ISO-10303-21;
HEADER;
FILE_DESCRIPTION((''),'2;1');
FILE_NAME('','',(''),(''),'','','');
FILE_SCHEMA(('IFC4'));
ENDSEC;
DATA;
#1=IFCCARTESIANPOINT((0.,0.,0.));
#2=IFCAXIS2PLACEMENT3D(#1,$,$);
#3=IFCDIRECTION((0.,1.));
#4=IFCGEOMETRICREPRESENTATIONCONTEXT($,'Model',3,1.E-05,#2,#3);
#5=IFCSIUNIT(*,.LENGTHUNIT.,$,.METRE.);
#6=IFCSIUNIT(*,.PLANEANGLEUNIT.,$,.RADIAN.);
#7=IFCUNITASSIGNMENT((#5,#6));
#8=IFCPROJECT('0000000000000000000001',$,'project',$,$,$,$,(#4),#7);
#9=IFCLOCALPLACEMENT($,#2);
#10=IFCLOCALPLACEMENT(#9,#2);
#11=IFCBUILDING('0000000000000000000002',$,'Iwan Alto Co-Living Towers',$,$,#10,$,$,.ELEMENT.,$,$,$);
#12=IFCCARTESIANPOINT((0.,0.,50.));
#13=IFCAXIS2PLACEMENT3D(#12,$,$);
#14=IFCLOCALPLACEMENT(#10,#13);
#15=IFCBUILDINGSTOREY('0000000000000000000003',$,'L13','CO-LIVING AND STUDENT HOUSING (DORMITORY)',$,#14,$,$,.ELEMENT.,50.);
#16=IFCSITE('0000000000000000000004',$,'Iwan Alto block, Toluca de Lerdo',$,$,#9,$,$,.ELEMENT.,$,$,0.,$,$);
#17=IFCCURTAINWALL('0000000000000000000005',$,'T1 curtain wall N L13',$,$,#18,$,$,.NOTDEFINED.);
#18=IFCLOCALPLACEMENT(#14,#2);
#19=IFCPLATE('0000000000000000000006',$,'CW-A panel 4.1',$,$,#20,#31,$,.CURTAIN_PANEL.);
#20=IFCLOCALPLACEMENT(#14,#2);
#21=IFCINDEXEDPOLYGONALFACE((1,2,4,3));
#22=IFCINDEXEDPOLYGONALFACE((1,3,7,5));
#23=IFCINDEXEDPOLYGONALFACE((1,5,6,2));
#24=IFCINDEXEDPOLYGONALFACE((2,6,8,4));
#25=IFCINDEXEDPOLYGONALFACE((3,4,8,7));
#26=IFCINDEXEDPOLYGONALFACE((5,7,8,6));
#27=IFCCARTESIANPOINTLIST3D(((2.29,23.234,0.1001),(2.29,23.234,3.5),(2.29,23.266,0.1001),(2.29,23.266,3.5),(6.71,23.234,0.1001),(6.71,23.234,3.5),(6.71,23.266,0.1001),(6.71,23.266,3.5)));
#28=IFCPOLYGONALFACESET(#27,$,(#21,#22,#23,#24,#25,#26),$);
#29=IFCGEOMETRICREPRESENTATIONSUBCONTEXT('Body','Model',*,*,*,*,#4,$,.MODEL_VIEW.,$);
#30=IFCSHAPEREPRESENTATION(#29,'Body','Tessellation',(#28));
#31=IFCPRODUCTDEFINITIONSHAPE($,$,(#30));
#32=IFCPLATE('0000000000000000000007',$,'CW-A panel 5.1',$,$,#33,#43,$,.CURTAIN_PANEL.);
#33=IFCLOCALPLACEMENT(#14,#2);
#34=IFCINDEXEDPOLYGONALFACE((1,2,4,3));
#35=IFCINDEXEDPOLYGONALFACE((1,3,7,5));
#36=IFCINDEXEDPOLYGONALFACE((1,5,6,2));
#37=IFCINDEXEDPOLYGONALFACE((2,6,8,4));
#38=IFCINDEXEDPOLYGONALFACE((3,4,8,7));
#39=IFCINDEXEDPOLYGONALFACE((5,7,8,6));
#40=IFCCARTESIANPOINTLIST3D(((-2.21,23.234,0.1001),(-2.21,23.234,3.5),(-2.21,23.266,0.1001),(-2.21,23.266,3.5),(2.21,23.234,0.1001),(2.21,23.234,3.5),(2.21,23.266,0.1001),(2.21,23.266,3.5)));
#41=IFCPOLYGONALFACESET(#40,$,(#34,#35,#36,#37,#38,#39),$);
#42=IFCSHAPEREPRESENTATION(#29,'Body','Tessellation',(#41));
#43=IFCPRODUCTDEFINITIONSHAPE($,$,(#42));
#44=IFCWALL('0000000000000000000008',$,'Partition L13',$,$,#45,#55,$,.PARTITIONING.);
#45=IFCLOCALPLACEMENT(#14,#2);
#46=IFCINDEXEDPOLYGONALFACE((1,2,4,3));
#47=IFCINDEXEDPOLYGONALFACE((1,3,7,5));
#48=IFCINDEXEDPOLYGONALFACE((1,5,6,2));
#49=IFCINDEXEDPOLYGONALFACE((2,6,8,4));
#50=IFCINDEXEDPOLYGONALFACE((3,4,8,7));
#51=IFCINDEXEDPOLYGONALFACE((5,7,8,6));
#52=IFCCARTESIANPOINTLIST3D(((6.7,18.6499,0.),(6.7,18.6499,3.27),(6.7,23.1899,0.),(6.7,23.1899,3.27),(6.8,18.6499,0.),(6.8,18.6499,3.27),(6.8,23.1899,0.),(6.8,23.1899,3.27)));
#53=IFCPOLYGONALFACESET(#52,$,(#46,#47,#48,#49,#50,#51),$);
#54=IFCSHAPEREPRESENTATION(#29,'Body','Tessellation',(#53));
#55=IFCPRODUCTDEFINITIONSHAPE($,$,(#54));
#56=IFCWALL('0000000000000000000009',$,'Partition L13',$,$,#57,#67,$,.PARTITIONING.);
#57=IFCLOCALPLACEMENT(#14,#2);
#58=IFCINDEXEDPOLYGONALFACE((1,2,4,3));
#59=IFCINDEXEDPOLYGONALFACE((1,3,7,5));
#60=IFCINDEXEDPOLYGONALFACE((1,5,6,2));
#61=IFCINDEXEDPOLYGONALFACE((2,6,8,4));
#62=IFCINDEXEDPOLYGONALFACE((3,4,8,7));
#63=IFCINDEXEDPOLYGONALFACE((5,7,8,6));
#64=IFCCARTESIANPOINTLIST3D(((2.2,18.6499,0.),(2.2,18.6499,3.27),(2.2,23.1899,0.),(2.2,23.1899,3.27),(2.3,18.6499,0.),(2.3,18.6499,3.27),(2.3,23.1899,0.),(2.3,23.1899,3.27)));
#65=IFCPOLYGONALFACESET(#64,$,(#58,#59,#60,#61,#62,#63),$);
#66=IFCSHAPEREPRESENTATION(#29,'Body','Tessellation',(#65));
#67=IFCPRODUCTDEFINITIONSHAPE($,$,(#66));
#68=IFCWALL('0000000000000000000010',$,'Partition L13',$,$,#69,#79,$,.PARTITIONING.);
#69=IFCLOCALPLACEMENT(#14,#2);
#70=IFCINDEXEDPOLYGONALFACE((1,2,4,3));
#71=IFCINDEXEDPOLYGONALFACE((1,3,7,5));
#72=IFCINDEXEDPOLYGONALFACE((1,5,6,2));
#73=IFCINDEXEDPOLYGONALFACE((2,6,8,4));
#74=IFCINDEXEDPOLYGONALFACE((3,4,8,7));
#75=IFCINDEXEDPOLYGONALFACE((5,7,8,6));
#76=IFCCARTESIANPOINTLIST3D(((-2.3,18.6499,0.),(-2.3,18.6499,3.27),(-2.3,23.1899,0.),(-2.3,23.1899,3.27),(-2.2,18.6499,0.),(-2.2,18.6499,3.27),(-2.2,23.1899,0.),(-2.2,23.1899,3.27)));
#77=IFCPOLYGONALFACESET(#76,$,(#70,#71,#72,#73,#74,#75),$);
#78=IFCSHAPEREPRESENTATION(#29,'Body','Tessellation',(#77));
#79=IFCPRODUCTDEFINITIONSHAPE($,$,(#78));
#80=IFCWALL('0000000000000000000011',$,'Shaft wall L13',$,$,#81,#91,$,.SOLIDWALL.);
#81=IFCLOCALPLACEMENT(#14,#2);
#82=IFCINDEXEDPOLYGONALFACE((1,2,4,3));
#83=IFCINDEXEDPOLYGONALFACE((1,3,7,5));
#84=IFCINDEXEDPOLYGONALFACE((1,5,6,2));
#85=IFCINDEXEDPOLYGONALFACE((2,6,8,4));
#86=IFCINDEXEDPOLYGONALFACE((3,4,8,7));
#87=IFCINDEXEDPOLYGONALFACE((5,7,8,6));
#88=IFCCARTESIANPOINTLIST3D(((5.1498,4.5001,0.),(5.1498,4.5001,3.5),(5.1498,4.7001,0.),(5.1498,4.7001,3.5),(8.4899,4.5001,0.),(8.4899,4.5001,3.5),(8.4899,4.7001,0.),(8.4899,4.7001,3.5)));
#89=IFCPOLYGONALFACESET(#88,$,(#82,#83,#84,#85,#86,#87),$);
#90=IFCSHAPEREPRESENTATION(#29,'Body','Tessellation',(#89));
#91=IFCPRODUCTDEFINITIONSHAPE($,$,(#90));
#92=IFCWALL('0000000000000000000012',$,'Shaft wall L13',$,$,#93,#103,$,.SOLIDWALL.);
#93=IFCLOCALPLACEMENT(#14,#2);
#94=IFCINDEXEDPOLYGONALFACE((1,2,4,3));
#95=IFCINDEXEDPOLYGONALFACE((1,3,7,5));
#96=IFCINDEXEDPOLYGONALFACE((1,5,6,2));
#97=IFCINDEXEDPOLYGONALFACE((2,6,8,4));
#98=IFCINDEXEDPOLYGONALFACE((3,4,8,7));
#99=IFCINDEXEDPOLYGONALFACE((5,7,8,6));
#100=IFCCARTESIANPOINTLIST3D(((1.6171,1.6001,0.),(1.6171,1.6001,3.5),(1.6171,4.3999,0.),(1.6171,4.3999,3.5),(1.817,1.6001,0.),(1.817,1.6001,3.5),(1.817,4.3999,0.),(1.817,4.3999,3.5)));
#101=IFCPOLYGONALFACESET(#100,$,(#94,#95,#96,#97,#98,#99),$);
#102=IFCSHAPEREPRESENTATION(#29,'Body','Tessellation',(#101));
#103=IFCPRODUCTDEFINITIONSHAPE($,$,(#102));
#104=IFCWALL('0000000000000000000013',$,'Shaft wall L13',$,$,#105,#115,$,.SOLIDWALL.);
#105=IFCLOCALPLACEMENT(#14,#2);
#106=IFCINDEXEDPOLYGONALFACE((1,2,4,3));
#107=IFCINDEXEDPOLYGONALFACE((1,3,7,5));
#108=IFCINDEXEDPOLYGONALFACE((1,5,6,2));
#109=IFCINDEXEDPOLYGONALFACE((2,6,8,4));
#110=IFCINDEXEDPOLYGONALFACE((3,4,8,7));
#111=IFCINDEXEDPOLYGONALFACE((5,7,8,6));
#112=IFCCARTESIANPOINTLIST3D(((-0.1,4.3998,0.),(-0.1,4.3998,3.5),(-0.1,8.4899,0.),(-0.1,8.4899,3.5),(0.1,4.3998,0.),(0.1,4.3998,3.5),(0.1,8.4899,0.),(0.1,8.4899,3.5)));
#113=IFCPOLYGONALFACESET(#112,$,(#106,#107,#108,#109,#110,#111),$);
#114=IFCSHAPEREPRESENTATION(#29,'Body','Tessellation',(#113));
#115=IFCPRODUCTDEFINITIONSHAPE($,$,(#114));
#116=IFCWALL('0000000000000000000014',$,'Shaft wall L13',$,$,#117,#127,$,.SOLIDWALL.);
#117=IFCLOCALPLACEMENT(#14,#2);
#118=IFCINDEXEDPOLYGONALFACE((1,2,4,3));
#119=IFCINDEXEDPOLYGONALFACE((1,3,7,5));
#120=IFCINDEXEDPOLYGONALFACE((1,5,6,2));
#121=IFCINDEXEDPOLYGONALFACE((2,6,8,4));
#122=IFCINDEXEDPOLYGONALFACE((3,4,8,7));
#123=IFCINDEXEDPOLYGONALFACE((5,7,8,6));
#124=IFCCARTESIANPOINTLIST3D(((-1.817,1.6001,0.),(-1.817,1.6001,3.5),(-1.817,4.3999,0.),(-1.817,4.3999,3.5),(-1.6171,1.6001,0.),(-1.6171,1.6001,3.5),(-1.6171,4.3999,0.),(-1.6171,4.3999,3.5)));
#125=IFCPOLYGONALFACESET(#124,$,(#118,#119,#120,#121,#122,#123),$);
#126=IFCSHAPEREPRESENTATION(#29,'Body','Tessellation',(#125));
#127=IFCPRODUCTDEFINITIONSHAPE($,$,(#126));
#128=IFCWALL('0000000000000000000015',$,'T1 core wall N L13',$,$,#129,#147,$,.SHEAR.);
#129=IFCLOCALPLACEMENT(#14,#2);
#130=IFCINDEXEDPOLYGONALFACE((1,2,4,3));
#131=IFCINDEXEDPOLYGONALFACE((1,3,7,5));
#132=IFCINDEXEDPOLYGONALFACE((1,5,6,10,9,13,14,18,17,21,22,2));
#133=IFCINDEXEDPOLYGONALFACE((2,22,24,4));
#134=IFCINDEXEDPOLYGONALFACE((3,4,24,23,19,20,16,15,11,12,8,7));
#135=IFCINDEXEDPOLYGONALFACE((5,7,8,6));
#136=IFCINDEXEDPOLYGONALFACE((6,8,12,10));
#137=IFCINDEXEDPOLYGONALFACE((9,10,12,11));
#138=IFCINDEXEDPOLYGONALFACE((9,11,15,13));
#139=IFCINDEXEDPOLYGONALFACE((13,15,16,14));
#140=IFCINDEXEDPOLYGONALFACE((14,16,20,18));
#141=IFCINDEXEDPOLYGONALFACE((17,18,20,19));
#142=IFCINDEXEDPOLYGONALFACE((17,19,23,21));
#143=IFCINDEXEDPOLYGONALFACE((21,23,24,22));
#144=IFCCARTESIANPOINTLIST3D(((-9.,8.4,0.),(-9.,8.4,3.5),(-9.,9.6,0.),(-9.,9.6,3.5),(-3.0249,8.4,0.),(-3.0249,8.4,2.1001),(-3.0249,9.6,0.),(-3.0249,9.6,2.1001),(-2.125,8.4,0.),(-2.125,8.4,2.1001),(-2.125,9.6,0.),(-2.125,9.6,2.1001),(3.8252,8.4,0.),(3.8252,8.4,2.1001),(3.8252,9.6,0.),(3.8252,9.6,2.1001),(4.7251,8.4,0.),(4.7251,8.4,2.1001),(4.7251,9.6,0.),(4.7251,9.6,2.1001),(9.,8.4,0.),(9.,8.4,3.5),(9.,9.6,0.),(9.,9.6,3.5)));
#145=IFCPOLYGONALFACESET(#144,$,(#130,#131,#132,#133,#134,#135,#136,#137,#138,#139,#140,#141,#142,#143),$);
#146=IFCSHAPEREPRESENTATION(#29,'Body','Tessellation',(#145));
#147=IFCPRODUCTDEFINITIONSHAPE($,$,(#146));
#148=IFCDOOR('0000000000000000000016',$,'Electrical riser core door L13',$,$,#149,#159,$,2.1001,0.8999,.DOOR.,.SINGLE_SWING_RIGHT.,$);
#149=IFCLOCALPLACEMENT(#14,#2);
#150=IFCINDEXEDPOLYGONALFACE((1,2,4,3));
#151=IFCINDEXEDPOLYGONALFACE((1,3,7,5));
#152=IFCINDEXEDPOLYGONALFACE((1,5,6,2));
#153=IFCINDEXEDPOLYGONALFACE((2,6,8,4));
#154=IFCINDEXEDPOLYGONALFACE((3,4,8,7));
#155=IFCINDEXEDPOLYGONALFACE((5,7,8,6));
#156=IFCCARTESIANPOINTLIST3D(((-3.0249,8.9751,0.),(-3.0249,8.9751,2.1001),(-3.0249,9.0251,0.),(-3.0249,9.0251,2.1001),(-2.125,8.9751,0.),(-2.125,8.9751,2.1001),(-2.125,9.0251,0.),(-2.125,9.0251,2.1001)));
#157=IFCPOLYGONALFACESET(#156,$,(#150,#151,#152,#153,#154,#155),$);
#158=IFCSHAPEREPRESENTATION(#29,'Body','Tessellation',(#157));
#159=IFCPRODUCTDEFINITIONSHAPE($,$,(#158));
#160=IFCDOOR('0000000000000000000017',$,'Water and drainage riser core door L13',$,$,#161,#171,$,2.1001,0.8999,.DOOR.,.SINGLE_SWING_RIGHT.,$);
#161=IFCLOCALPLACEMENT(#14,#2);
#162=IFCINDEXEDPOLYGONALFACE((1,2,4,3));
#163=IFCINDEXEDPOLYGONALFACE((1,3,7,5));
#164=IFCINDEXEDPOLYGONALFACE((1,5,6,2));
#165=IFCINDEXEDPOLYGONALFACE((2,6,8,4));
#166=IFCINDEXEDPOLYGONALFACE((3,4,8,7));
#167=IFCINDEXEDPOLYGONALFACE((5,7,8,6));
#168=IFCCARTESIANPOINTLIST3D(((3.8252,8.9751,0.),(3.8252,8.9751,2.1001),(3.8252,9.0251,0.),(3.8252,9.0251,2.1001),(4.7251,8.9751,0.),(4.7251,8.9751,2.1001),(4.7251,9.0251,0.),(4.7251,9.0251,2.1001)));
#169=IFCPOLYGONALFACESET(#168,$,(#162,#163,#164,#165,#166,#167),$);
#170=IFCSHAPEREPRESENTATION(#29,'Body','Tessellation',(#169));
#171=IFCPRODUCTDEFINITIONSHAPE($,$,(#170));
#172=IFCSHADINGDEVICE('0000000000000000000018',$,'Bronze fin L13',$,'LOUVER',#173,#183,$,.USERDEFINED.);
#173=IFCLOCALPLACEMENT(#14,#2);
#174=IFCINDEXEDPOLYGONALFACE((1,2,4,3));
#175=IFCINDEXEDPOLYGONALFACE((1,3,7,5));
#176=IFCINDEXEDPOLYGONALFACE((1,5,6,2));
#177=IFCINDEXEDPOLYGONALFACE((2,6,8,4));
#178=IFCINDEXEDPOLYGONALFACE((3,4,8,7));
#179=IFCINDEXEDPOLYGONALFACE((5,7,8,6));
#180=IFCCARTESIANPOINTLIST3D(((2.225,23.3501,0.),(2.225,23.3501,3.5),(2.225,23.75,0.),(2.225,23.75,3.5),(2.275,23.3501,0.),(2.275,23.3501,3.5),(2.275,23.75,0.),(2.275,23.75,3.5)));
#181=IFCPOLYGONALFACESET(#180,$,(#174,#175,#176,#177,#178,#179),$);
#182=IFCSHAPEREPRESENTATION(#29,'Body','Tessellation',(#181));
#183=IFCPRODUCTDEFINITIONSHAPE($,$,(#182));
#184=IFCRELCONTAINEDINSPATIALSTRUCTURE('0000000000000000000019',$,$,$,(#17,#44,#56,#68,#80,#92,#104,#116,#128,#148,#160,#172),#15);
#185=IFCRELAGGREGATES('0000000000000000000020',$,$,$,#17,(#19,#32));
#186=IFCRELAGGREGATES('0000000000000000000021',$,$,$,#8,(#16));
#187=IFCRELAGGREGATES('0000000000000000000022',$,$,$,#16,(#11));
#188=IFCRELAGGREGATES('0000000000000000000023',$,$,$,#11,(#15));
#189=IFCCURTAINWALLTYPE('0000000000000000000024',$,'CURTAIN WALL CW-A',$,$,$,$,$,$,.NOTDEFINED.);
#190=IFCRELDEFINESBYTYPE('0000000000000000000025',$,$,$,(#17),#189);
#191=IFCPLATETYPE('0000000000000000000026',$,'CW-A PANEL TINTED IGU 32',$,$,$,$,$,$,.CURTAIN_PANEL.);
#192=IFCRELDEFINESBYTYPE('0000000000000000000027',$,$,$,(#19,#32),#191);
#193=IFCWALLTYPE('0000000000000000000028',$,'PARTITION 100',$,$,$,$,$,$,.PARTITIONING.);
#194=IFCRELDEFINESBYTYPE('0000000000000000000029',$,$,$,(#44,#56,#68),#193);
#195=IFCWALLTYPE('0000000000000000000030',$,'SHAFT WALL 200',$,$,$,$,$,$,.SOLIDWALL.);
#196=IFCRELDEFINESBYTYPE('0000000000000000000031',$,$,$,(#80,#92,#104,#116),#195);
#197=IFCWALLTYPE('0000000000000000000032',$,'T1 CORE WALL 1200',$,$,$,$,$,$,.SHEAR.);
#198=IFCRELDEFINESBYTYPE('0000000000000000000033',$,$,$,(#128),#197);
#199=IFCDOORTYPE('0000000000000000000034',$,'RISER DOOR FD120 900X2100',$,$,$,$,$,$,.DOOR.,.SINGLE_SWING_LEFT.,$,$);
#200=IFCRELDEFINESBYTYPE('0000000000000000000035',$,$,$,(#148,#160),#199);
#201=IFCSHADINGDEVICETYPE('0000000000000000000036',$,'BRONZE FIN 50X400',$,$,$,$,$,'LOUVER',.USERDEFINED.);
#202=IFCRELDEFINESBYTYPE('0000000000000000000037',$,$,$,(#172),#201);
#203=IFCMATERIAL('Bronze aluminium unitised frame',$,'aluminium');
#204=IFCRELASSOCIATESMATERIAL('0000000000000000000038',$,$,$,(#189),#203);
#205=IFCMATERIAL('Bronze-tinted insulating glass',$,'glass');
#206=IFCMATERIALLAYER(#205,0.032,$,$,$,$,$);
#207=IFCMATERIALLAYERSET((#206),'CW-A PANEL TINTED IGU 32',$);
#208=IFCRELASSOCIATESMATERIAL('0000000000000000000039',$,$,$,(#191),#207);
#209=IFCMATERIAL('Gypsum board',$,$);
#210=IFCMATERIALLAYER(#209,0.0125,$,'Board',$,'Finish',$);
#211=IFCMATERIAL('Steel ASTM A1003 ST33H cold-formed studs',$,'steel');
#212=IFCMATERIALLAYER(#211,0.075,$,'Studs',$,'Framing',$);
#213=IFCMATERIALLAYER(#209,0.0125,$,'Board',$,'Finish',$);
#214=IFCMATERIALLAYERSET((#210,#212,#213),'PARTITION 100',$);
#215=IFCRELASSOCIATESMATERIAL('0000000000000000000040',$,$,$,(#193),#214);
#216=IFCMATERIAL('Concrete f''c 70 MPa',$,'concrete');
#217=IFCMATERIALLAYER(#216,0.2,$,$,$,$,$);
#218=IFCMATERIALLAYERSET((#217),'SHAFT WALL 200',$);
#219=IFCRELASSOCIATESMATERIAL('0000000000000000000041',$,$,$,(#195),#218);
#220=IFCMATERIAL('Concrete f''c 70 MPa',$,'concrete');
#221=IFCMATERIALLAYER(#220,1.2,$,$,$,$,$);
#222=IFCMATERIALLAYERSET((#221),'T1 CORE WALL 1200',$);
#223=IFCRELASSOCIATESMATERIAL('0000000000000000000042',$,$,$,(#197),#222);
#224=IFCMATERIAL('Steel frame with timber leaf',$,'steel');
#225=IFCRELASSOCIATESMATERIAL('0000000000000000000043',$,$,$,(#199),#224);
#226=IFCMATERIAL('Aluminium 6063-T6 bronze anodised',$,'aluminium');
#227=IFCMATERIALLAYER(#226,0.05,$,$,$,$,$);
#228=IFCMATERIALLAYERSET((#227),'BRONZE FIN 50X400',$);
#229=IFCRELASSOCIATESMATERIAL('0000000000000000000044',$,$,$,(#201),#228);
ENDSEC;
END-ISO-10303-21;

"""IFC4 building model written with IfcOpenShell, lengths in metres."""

from ifc_helpers import new_model, si_unit, direction, frame, frame_2d, origin, origin_2d, place, context, subcontext, project, spatial, rectangle, extrude, material, layer, layer_set, type_object, element, fill, aggregate, save


model = new_model("IFC4")

# Units and contexts
model_context = context("Model", 3, precision=1e-05, world=origin(), true_north=direction((0.0, 1.0)))
body_context = subcontext(model_context, "Body", "Model", "MODEL_VIEW")
ifc_project = project(units=[si_unit("LENGTHUNIT", "METRE"), si_unit("PLANEANGLEUNIT", "RADIAN")], contexts=[model_context])

# Site, building, storey
site_placement = place(None, origin())
site = spatial("IfcSite", under=ifc_project, at=site_placement, Name="Iwan Alto block, Toluca de Lerdo", CompositionType="ELEMENT", RefElevation=0.0)
building_placement = place(site_placement, origin())
building = spatial("IfcBuilding", under=site, at=building_placement, Name="Iwan Alto Co-Living Towers", CompositionType="ELEMENT")
storey_placement = place(building_placement, frame((0.0, 0.0, 50.0)))
storey = spatial("IfcBuildingStorey", under=building, at=storey_placement, Name="L13", Description="CO-LIVING AND STUDENT HOUSING (DORMITORY)", CompositionType="ELEMENT", Elevation=50.0)

# Curtain wall
ifc_material_1 = material(Name="Bronze aluminium unitised frame", Category="aluminium")
curtain_wall_type = type_object("IfcCurtainWallType", Name="CURTAIN WALL CW-A", PredefinedType="NOTDEFINED", material=ifc_material_1)
curtain_wall_placement = place(storey_placement, origin())
curtain_wall = element("IfcCurtainWall", 1, at=curtain_wall_placement, inside=storey, type_object=curtain_wall_type, Name="T1 curtain wall N L13", PredefinedType="NOTDEFINED")

# Plates
ifc_material_2 = material(Name="Bronze-tinted insulating glass", Category="glass")
ifc_layer_1 = layer(ifc_material_2, 0.032)
ifc_layer_set_1 = layer_set([ifc_layer_1], Name="CW-A PANEL TINTED IGU 32")
plate_type = type_object("IfcPlateType", Name="CW-A PANEL TINTED IGU 32", PredefinedType="CURTAIN_PANEL", material=ifc_layer_set_1)
plate_1_placement = place(storey_placement, frame((4.5, 23.25, 0.1001), z_axis=(0.0, 0.0, 1.0), x_axis=(-1.0, 0.0, 0.0)))
plate_1 = element("IfcPlate", 2, at=plate_1_placement, type_object=plate_type, Name="CW-A panel 4.1", PredefinedType="CURTAIN_PANEL", context=body_context, shape_type="SweptSolid", body=[
    extrude(rectangle(XDim=4.4199, YDim=0.032, at=origin_2d()), origin(), (0.0, 0.0, 1.0), 3.3999),
])
plate_2_placement = place(storey_placement, frame((0.0, 23.25, 0.1001), z_axis=(0.0, 0.0, 1.0), x_axis=(-1.0, 0.0, 0.0)))
plate_2 = element("IfcPlate", 3, at=plate_2_placement, type_object=plate_type, Name="CW-A panel 5.1", PredefinedType="CURTAIN_PANEL", context=body_context, shape_type="SweptSolid", body=[
    extrude(rectangle(XDim=4.4199, YDim=0.032, at=origin_2d()), origin(), (0.0, 0.0, 1.0), 3.3999),
])
aggregate(curtain_wall, [plate_1, plate_2])

# Walls
ifc_material_3 = material(Name="Gypsum board")
ifc_layer_2 = layer(ifc_material_3, 0.0125, Name="Board", Category="Finish")
ifc_material_4 = material(Name="Steel ASTM A1003 ST33H cold-formed studs", Category="steel")
ifc_layer_3 = layer(ifc_material_4, 0.075, Name="Studs", Category="Framing")
ifc_layer_4 = layer(ifc_material_3, 0.0125, Name="Board", Category="Finish")
ifc_layer_set_2 = layer_set([ifc_layer_2, ifc_layer_3, ifc_layer_4], Name="PARTITION 100")
wall_type_1 = type_object("IfcWallType", Name="PARTITION 100", PredefinedType="PARTITIONING", material=ifc_layer_set_2)
for number, where, z_axis, x_axis, name in (
    (4, (6.75, 18.6499, 0.0), (0.0, 0.0, 1.0), (0.0, 1.0, 0.0), "Partition L13"),
    (5, (2.25, 18.6499, 0.0), (0.0, 0.0, 1.0), (0.0, 1.0, 0.0), "Partition L13"),
    (6, (-2.25, 18.6499, 0.0), (0.0, 0.0, 1.0), (0.0, 1.0, 0.0), "Partition L13"),
):
    element("IfcWall", number, at=place(storey_placement, frame(where, z_axis=z_axis, x_axis=x_axis)), inside=storey, type_object=wall_type_1, Name=name, PredefinedType="PARTITIONING", context=body_context, shape_type="SweptSolid", body=[
        extrude(rectangle(XDim=4.54, YDim=0.1001, at=frame_2d((2.27, 0.0))), origin(), (0.0, 0.0, 1.0), 3.27),
    ])
ifc_material_5 = material(Name="Concrete f'c 70 MPa", Category="concrete")
ifc_layer_5 = layer(ifc_material_5, 0.2)
ifc_layer_set_3 = layer_set([ifc_layer_5], Name="SHAFT WALL 200")
wall_type_2 = type_object("IfcWallType", Name="SHAFT WALL 200", PredefinedType="SOLIDWALL", material=ifc_layer_set_3)
wall_1_placement = place(storey_placement, frame((5.1499, 4.6001, 0.0), z_axis=(0.0, 0.0, 1.0), x_axis=(1.0, 0.0, 0.0)))
element("IfcWall", 7, at=wall_1_placement, inside=storey, type_object=wall_type_2, Name="Shaft wall L13", PredefinedType="SOLIDWALL", context=body_context, shape_type="SweptSolid", body=[
    extrude(rectangle(XDim=3.3401, YDim=0.2, at=frame_2d((1.6699, 0.0))), origin(), (0.0, 0.0, 1.0), 3.5),
])
wall_2_placement = place(storey_placement, frame((1.717, 1.6001, 0.0), z_axis=(0.0, 0.0, 1.0), x_axis=(0.0, 1.0, 0.0)))
element("IfcWall", 8, at=wall_2_placement, inside=storey, type_object=wall_type_2, Name="Shaft wall L13", PredefinedType="SOLIDWALL", context=body_context, shape_type="SweptSolid", body=[
    extrude(rectangle(XDim=2.7998, YDim=0.2, at=frame_2d((1.3999, 0.0))), origin(), (0.0, 0.0, 1.0), 3.5),
])
wall_3_placement = place(storey_placement, frame((0.0, 4.3999, 0.0), z_axis=(0.0, 0.0, 1.0), x_axis=(0.0, 1.0, 0.0)))
element("IfcWall", 9, at=wall_3_placement, inside=storey, type_object=wall_type_2, Name="Shaft wall L13", PredefinedType="SOLIDWALL", context=body_context, shape_type="SweptSolid", body=[
    extrude(rectangle(XDim=4.0901, YDim=0.2, at=frame_2d((2.0449, 0.0))), origin(), (0.0, 0.0, 1.0), 3.5),
])
wall_4_placement = place(storey_placement, frame((-1.717, 1.6001, 0.0), z_axis=(0.0, 0.0, 1.0), x_axis=(0.0, 1.0, 0.0)))
element("IfcWall", 10, at=wall_4_placement, inside=storey, type_object=wall_type_2, Name="Shaft wall L13", PredefinedType="SOLIDWALL", context=body_context, shape_type="SweptSolid", body=[
    extrude(rectangle(XDim=2.7998, YDim=0.2, at=frame_2d((1.3999, 0.0))), origin(), (0.0, 0.0, 1.0), 3.5),
])

# Wall, openings, doors
ifc_material_6 = material(Name="Concrete f'c 70 MPa", Category="concrete")
ifc_layer_6 = layer(ifc_material_6, 1.2)
ifc_layer_set_4 = layer_set([ifc_layer_6], Name="T1 CORE WALL 1200")
wall_type_3 = type_object("IfcWallType", Name="T1 CORE WALL 1200", PredefinedType="SHEAR", material=ifc_layer_set_4)
wall_5_placement = place(storey_placement, frame((9.0, 9.0, 0.0), z_axis=(0.0, 0.0, 1.0), x_axis=(-1.0, 0.0, 0.0)))
wall_5 = element("IfcWall", 11, at=wall_5_placement, inside=storey, type_object=wall_type_3, Name="T1 core wall N L13", PredefinedType="SHEAR", context=body_context, shape_type="SweptSolid", body=[
    extrude(rectangle(XDim=18.0, YDim=1.2, at=frame_2d((9.0, 0.0))), origin(), (0.0, 0.0, 1.0), 3.5),
])
opening_1_placement = place(wall_5_placement, frame((11.125, 0.0, 0.0)))
opening_1 = element("IfcOpeningElement", 12, at=opening_1_placement, cuts=wall_5, PredefinedType="OPENING", context=body_context, shape_type="SweptSolid", body=[
    extrude(rectangle(XDim=0.8999, YDim=2.1001, at=frame_2d((0.45, 1.05))), frame((0.0, 0.6099, 0.0), z_axis=(0.0, -1.0, 0.0), x_axis=(1.0, 0.0, 0.0)), (0.0, 0.0, 1.0), 1.22),
])
opening_2_placement = place(wall_5_placement, frame((4.2749, 0.0, 0.0)))
opening_2 = element("IfcOpeningElement", 13, at=opening_2_placement, cuts=wall_5, PredefinedType="OPENING", context=body_context, shape_type="SweptSolid", body=[
    extrude(rectangle(XDim=0.8999, YDim=2.1001, at=frame_2d((0.45, 1.05))), frame((0.0, 0.6099, 0.0), z_axis=(0.0, -1.0, 0.0), x_axis=(1.0, 0.0, 0.0)), (0.0, 0.0, 1.0), 1.22),
])
ifc_material_7 = material(Name="Steel frame with timber leaf", Category="steel")
door_type = type_object("IfcDoorType", Name="RISER DOOR FD120 900X2100", OperationType="SINGLE_SWING_LEFT", PredefinedType="DOOR", material=ifc_material_7)
door_1_placement = place(opening_1_placement, origin())
door_1 = element("IfcDoor", 14, at=door_1_placement, inside=storey, type_object=door_type, Name="Electrical riser core door L13", OperationType="SINGLE_SWING_RIGHT", OverallHeight=2.1001, OverallWidth=0.8999, PredefinedType="DOOR", context=body_context, shape_type="SweptSolid", body=[
    extrude(rectangle(XDim=0.8999, YDim=2.1001, at=frame_2d((0.45, 1.05))), frame((0.0, 0.0249, 0.0), z_axis=(0.0, -1.0, 0.0), x_axis=(1.0, 0.0, 0.0)), (0.0, 0.0, 1.0), 0.05),
])
fill(opening_1, door_1)
door_2_placement = place(opening_2_placement, origin())
door_2 = element("IfcDoor", 15, at=door_2_placement, inside=storey, type_object=door_type, Name="Water and drainage riser core door L13", OperationType="SINGLE_SWING_RIGHT", OverallHeight=2.1001, OverallWidth=0.8999, PredefinedType="DOOR", context=body_context, shape_type="SweptSolid", body=[
    extrude(rectangle(XDim=0.8999, YDim=2.1001, at=frame_2d((0.45, 1.05))), frame((0.0, 0.0249, 0.0), z_axis=(0.0, -1.0, 0.0), x_axis=(1.0, 0.0, 0.0)), (0.0, 0.0, 1.0), 0.05),
])
fill(opening_2, door_2)

# Shading device
ifc_material_8 = material(Name="Aluminium 6063-T6 bronze anodised", Category="aluminium")
ifc_layer_7 = layer(ifc_material_8, 0.05)
ifc_layer_set_5 = layer_set([ifc_layer_7], Name="BRONZE FIN 50X400")
shading_device_type = type_object("IfcShadingDeviceType", Name="BRONZE FIN 50X400", ElementType="LOUVER", PredefinedType="USERDEFINED", material=ifc_layer_set_5)
shading_device_placement = place(storey_placement, frame((2.25, 23.55, 0.0), z_axis=(0.0, 0.0, 1.0), x_axis=(-1.0, 0.0, 0.0)))
element("IfcShadingDevice", 16, at=shading_device_placement, inside=storey, type_object=shading_device_type, Name="Bronze fin L13", ObjectType="LOUVER", PredefinedType="USERDEFINED", context=body_context, shape_type="SweptSolid", body=[
    extrude(rectangle(XDim=0.05, YDim=0.3999, at=origin_2d()), origin(), (0.0, 0.0, 1.0), 3.5),
])

save(model, "model.ifc")
